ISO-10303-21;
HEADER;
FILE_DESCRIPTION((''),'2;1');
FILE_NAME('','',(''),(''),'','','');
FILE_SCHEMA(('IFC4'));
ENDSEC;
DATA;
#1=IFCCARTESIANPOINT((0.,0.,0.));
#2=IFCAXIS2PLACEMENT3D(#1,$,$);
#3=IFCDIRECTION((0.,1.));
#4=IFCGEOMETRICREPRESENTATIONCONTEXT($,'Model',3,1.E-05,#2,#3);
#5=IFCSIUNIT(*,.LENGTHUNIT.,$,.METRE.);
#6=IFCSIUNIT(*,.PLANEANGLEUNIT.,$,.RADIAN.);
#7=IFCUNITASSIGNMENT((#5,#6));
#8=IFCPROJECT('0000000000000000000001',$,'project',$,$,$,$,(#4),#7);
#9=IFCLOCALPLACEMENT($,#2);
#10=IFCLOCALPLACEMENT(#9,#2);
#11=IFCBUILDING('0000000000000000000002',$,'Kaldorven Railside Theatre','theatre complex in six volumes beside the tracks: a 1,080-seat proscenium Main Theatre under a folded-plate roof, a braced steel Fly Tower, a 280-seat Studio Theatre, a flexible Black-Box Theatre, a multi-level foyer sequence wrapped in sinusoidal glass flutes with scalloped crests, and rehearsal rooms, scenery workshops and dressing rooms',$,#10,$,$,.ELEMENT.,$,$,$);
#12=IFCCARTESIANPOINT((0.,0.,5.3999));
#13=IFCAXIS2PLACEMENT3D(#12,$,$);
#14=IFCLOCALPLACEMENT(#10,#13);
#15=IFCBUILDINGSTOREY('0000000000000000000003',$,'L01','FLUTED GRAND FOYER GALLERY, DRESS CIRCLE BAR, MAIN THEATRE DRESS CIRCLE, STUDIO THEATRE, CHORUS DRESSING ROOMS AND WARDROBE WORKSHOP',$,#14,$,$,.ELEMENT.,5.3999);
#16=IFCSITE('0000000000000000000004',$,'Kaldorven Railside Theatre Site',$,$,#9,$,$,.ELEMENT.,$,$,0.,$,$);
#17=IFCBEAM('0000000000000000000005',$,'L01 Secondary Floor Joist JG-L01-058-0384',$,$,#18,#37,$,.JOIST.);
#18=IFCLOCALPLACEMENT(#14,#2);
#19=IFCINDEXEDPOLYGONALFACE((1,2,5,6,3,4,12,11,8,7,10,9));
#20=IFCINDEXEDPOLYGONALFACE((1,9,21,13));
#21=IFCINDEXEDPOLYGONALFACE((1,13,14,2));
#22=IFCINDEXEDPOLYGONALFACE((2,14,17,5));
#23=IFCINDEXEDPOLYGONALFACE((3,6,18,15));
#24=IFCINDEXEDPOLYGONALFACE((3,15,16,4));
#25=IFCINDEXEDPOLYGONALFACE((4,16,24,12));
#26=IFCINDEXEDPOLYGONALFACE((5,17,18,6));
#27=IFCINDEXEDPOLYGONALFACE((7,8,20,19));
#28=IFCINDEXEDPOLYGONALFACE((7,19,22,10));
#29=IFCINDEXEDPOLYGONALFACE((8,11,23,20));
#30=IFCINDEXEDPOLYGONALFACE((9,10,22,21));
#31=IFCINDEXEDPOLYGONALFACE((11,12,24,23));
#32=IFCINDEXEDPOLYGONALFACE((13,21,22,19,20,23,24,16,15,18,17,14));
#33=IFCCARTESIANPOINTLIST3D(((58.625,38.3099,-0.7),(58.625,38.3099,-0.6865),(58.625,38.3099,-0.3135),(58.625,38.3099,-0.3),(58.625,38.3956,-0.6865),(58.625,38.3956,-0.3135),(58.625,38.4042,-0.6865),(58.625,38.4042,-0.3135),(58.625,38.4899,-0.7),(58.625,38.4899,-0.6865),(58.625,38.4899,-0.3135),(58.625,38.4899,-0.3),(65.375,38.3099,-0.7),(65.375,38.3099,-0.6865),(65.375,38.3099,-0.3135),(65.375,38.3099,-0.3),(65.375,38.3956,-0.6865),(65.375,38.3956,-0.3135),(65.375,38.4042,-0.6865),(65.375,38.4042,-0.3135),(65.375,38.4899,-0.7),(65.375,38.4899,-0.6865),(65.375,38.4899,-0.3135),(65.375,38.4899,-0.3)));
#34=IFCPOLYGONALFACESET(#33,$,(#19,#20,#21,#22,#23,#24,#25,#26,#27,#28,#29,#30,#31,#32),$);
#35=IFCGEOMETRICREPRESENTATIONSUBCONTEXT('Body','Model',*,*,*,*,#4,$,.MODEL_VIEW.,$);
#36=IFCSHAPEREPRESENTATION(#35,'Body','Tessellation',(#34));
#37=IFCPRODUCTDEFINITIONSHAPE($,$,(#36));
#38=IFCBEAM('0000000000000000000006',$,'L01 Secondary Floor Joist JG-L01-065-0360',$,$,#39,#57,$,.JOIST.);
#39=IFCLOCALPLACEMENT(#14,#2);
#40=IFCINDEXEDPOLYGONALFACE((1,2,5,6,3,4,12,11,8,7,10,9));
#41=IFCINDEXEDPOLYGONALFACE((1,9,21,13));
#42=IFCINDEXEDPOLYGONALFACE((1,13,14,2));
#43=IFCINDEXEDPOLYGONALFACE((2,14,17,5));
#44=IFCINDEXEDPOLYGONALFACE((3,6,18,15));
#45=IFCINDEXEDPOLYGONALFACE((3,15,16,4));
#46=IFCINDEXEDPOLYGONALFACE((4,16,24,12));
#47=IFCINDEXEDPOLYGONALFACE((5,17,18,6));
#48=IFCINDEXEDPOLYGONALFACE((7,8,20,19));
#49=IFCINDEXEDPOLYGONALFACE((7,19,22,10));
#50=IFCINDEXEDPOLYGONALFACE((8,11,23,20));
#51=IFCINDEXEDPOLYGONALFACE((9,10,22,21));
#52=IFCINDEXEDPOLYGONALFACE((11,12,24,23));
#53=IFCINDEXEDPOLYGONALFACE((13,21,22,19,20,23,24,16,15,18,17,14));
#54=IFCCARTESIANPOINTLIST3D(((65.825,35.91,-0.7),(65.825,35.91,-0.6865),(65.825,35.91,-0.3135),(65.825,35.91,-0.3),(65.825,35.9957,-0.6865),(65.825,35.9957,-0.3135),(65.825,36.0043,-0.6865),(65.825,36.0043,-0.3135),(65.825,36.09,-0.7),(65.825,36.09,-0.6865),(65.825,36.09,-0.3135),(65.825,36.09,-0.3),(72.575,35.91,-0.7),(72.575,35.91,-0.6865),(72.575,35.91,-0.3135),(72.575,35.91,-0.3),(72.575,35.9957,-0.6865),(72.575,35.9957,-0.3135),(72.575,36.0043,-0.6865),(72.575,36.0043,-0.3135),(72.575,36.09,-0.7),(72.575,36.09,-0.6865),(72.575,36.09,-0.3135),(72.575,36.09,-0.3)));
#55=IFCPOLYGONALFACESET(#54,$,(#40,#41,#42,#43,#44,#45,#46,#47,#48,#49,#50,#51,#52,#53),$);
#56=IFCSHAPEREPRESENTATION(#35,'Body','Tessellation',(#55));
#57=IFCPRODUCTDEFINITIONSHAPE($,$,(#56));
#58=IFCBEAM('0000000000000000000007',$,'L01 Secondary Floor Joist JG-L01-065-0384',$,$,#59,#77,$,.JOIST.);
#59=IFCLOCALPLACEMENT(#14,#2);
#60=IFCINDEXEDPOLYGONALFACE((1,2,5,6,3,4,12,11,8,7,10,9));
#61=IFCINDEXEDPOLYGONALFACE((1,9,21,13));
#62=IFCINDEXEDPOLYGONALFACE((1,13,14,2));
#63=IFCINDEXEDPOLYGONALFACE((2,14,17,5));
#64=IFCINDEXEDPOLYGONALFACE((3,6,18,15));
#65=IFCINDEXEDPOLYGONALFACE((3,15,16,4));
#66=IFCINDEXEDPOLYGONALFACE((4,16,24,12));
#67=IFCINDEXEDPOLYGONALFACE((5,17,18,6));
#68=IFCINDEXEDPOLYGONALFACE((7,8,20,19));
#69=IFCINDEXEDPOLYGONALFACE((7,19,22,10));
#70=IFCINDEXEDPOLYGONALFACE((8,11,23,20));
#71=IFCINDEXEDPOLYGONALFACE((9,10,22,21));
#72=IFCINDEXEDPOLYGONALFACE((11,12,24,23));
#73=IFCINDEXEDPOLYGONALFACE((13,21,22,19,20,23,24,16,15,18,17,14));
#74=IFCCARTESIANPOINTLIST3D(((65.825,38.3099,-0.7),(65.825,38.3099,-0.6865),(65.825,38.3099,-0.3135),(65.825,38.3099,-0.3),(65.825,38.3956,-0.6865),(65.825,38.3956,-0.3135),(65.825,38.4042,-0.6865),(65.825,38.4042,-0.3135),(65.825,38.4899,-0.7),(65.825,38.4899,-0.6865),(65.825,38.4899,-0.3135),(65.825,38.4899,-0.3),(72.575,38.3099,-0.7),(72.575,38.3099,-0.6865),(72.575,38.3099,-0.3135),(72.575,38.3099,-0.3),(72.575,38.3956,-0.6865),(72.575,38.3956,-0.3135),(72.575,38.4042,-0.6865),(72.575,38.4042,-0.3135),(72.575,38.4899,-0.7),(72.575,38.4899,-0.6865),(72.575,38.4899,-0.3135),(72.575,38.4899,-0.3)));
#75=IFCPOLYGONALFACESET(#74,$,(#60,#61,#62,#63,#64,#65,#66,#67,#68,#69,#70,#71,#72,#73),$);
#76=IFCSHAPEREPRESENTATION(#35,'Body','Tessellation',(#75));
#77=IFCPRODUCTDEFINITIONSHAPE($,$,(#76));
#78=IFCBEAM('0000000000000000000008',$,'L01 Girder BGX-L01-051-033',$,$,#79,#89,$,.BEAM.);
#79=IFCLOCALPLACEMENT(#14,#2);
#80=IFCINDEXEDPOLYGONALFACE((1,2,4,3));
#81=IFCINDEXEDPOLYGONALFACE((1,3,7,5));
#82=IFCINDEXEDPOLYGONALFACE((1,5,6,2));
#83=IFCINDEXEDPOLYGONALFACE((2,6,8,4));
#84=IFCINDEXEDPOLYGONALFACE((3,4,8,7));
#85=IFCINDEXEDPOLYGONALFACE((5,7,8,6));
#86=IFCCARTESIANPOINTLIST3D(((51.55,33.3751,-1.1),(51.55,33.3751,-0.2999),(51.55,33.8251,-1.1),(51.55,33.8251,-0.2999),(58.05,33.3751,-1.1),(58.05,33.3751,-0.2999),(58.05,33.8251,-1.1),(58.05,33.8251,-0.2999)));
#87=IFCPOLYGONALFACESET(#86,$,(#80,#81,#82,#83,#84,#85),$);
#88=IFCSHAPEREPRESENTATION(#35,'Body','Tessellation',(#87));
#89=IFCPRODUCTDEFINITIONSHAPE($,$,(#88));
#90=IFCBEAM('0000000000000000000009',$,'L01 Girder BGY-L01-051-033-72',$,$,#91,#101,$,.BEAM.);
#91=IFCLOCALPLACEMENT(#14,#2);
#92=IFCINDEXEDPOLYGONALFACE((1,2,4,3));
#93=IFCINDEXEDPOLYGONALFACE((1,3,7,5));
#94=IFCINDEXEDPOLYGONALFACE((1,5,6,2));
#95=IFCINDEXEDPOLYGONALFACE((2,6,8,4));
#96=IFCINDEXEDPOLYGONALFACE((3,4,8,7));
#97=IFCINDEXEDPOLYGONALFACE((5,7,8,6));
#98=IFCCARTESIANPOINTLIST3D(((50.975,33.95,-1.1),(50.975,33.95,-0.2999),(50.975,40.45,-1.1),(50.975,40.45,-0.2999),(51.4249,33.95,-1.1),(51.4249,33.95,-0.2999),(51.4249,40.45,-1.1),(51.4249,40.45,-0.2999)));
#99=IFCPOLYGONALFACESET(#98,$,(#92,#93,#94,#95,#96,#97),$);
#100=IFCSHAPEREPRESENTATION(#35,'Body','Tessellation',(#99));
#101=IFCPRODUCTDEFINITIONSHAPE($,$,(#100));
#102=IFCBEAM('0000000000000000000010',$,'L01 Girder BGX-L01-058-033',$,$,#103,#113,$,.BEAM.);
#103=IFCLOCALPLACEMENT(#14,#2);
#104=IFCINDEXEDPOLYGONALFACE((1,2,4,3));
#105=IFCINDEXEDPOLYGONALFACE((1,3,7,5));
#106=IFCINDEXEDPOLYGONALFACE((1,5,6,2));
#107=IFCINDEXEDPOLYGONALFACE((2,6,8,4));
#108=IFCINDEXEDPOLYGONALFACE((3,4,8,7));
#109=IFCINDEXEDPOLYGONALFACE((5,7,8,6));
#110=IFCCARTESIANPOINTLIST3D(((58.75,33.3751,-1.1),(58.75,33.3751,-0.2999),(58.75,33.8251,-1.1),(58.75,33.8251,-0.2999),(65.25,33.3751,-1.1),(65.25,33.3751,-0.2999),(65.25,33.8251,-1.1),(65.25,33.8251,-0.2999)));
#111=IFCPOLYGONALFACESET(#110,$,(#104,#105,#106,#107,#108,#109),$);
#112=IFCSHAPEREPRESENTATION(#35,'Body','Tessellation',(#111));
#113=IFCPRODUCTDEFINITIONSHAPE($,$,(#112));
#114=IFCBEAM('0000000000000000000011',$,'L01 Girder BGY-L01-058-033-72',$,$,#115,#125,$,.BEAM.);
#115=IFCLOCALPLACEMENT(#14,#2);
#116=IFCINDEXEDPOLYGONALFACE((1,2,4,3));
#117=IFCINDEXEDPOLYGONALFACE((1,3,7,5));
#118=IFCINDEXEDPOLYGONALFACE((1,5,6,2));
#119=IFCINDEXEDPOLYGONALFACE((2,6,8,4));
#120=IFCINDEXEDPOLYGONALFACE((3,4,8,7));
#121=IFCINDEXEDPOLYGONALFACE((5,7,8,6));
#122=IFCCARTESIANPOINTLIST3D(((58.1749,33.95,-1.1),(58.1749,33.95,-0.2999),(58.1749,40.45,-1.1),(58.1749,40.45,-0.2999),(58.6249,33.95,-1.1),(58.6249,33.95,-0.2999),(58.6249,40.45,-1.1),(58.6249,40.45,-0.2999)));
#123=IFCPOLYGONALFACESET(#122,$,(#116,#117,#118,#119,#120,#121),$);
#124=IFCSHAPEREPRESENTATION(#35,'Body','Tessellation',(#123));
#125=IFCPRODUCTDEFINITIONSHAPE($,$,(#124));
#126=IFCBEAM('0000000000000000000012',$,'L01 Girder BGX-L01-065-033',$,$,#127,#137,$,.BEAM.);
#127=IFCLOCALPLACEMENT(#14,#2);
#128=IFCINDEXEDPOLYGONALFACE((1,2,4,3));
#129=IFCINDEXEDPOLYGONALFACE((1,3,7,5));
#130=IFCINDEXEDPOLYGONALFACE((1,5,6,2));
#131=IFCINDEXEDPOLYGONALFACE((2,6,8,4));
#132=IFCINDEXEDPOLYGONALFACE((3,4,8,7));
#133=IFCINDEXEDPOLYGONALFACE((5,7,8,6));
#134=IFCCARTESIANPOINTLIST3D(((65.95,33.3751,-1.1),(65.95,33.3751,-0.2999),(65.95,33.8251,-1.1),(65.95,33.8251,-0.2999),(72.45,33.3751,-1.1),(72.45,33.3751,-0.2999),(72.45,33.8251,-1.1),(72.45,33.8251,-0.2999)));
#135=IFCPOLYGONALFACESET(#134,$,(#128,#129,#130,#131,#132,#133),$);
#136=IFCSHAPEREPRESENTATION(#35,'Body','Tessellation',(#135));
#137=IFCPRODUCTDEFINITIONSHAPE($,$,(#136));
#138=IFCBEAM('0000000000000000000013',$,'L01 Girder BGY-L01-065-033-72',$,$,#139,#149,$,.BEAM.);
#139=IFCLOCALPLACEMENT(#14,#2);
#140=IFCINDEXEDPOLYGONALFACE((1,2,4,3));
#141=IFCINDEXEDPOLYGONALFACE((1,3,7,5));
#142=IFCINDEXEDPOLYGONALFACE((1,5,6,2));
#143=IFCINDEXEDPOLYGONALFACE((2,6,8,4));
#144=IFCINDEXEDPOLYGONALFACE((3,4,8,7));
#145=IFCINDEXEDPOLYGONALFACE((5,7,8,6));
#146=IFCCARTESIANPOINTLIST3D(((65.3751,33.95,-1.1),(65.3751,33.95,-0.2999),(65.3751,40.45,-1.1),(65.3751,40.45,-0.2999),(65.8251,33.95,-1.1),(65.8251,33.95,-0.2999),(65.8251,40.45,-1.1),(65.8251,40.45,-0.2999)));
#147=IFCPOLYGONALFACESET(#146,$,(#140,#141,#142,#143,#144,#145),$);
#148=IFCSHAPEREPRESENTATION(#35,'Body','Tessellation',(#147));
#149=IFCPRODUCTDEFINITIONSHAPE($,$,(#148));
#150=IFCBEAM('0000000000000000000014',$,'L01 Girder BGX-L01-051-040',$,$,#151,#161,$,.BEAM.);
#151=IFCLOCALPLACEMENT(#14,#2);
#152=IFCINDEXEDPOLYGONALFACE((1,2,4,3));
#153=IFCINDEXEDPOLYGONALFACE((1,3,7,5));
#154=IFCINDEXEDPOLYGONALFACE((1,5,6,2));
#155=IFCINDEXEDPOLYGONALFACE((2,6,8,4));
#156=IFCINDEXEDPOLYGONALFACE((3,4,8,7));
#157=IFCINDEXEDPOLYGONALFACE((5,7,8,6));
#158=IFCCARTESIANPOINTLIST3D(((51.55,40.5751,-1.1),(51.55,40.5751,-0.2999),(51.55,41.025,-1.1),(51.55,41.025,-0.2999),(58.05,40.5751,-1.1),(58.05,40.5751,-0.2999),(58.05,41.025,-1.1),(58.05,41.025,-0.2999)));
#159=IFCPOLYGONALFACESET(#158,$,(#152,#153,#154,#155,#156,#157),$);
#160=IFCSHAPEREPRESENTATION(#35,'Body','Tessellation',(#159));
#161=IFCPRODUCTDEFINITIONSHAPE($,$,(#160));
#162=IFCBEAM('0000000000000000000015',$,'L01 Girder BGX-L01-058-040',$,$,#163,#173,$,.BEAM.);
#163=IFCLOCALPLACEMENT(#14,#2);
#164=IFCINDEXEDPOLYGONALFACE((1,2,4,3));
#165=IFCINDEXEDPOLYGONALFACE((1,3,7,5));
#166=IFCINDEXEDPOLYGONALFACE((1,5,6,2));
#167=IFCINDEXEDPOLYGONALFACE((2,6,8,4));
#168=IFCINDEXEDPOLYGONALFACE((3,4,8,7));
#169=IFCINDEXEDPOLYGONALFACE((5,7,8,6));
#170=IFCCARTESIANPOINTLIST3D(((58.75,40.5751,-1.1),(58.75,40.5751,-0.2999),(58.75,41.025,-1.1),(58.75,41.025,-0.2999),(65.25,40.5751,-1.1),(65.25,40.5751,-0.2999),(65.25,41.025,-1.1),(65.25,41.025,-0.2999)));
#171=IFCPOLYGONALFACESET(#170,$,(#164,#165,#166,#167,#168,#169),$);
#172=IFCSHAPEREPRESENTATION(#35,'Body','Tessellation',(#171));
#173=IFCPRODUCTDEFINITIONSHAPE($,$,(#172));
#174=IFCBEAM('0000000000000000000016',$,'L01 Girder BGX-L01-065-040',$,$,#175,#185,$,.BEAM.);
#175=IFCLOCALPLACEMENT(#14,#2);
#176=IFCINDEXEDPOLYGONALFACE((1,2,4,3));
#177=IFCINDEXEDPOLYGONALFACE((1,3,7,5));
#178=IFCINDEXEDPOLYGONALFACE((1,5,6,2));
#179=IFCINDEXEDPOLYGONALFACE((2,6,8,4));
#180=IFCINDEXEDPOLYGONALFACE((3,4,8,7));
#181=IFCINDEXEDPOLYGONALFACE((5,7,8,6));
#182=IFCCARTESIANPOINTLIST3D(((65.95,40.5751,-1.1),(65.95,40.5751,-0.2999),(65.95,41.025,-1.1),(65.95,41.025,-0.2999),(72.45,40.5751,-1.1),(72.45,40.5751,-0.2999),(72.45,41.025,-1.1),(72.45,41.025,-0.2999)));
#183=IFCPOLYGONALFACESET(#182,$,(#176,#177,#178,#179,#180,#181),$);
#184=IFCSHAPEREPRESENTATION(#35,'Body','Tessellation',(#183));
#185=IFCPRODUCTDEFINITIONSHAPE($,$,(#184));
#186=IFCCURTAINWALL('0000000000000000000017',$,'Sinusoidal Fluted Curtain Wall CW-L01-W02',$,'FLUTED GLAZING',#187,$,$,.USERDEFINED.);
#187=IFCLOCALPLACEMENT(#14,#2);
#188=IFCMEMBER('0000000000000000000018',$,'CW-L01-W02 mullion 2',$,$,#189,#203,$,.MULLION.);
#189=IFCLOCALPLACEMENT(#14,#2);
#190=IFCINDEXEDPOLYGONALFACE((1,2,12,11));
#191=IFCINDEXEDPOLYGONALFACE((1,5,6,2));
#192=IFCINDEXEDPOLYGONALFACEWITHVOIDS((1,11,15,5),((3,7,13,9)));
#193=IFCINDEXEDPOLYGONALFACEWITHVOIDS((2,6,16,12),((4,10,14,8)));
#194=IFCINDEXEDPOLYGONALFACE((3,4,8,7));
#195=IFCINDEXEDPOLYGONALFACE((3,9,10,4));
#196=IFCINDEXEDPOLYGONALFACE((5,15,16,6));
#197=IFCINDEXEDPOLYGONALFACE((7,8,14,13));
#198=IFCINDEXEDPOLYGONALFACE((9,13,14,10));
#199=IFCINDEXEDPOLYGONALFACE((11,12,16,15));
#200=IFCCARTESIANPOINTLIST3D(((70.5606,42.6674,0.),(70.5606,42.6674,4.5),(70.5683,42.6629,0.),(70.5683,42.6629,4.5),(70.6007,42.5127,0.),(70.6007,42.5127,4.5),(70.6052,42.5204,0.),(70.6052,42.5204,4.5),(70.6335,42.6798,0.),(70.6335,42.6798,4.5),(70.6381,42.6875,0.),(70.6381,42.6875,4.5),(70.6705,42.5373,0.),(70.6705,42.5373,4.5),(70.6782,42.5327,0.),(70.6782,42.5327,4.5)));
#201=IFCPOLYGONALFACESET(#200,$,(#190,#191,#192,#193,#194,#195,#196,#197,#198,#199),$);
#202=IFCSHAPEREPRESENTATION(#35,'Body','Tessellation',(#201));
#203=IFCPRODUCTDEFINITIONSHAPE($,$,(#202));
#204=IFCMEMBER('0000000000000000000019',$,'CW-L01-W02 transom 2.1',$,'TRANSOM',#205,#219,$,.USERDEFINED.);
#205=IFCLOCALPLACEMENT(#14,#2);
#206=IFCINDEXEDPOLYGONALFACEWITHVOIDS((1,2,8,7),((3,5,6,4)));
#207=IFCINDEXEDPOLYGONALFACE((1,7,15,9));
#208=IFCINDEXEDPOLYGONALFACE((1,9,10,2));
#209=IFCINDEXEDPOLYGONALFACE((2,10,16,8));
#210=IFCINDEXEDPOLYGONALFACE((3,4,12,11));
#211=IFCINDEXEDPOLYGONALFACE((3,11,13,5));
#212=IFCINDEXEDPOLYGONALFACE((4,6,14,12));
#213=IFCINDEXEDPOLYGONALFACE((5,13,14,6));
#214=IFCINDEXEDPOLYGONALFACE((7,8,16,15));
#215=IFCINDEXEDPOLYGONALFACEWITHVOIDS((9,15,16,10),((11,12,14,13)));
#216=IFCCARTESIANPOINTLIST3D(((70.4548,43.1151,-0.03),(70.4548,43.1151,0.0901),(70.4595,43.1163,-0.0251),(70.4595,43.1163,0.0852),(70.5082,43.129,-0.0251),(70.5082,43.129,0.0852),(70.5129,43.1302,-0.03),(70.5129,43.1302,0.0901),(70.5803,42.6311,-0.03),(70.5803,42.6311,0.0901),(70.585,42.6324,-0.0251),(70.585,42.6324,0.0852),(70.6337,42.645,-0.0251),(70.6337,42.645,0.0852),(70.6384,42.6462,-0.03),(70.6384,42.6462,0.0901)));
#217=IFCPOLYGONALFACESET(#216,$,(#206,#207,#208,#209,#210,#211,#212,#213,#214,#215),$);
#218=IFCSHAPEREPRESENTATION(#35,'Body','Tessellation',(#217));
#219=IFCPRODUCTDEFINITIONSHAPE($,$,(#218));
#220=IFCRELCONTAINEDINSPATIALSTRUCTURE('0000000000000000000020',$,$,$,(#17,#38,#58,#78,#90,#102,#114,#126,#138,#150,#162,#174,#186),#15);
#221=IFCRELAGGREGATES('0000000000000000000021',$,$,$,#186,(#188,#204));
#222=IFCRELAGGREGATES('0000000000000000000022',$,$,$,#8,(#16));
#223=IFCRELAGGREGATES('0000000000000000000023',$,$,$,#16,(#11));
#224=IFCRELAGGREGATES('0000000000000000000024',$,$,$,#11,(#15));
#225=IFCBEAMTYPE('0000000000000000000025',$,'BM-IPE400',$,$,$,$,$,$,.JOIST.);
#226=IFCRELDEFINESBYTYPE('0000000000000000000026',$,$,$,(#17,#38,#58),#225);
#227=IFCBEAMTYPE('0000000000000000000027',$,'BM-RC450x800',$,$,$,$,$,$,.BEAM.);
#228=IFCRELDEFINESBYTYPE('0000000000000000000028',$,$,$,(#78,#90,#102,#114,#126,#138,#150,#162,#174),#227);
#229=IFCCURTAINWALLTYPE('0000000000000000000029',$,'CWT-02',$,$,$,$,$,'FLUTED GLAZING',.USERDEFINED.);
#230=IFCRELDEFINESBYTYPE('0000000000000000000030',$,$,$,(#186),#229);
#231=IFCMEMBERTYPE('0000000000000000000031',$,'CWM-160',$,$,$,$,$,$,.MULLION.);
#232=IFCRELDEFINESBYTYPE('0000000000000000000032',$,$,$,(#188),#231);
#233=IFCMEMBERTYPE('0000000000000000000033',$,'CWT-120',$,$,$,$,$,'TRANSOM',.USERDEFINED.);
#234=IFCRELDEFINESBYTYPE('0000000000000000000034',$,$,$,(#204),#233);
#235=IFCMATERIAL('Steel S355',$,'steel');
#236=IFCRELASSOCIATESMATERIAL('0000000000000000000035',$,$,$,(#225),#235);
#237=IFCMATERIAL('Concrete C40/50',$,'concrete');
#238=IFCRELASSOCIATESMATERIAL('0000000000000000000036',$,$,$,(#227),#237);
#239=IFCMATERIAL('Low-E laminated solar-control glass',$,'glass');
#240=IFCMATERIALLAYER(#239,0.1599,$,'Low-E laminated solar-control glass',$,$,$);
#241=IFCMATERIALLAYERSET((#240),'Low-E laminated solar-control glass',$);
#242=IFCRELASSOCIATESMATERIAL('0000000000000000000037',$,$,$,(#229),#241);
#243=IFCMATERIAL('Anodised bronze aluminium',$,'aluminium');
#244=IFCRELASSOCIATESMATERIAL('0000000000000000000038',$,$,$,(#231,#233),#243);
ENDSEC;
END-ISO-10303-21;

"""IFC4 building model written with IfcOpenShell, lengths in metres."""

from ifc_helpers import new_model, si_unit, direction, frame, origin, origin_2d, place, context, subcontext, project, spatial, rectangle, hollow_rectangle, i_section, extrude, material, layer, layer_set, material_profile, profile_set, type_object, element, aggregate, save


model = new_model("IFC4")

# Units and contexts
model_context = context("Model", 3, precision=1e-05, world=origin(), true_north=direction((0.0, 1.0)))
body_context = subcontext(model_context, "Body", "Model", "MODEL_VIEW")
ifc_project = project(units=[si_unit("LENGTHUNIT", "METRE"), si_unit("PLANEANGLEUNIT", "RADIAN")], contexts=[model_context])

# Site, building, storey
site_placement = place(None, origin())
site = spatial("IfcSite", under=ifc_project, at=site_placement, Name="Kaldorven Railside Theatre Site", CompositionType="ELEMENT", RefElevation=0.0)
building_placement = place(site_placement, origin())
building = spatial("IfcBuilding", under=site, at=building_placement, Name="Kaldorven Railside Theatre", Description="theatre complex in six volumes beside the tracks: a 1,080-seat proscenium Main Theatre under a folded-plate roof, a braced steel Fly Tower, a 280-seat Studio Theatre, a flexible Black-Box Theatre, a multi-level foyer sequence wrapped in sinusoidal glass flutes with scalloped crests, and rehearsal rooms, scenery workshops and dressing rooms", CompositionType="ELEMENT")
storey_placement = place(building_placement, frame((0.0, 0.0, 5.3999)))
storey = spatial("IfcBuildingStorey", under=building, at=storey_placement, Name="L01", Description="FLUTED GRAND FOYER GALLERY, DRESS CIRCLE BAR, MAIN THEATRE DRESS CIRCLE, STUDIO THEATRE, CHORUS DRESSING ROOMS AND WARDROBE WORKSHOP", CompositionType="ELEMENT", Elevation=5.3999)

# Shared definitions
ifc_material_1 = material(Name="Concrete C40/50", Category="concrete")

# Beams
ifc_material_2 = material(Name="Steel S355", Category="steel")
ifc_material_profile_1 = material_profile(ifc_material_2, i_section(OverallWidth=0.1799, OverallDepth=0.3999, WebThickness=0.0085, FlangeThickness=0.0134, at=origin_2d()), Name="IPE 400")
ifc_profile_set_1 = profile_set([ifc_material_profile_1], Name="Steel S355")
beam_type_1 = type_object("IfcBeamType", Name="BM-IPE400", PredefinedType="JOIST", material=ifc_profile_set_1)
for number, where, z_axis, x_axis, name in (
    (1, (58.625, 38.3999, -0.5), (1.0, 0.0, 0.0), (0.0, 1.0, 0.0), "L01 Secondary Floor Joist JG-L01-058-0384"),
    (2, (65.825, 36.0, -0.5), (1.0, 0.0, 0.0), (0.0, 1.0, 0.0), "L01 Secondary Floor Joist JG-L01-065-0360"),
    (3, (65.825, 38.3999, -0.5), (1.0, 0.0, 0.0), (0.0, 1.0, 0.0), "L01 Secondary Floor Joist JG-L01-065-0384"),
):
    element("IfcBeam", number, at=place(storey_placement, frame(where, z_axis=z_axis, x_axis=x_axis)), inside=storey, type_object=beam_type_1, Name=name, PredefinedType="JOIST", context=body_context, shape_type="SweptSolid", body=[
        extrude(i_section(OverallWidth=0.1799, OverallDepth=0.3999, WebThickness=0.0085, FlangeThickness=0.0134, at=origin_2d()), origin(), (0.0, 0.0, 1.0), 6.75),
    ])
ifc_material_profile_2 = material_profile(ifc_material_1, rectangle(XDim=0.45, YDim=0.8, at=origin_2d()), Name="RC 450x800")
ifc_profile_set_2 = profile_set([ifc_material_profile_2], Name="Concrete C40/50")
beam_type_2 = type_object("IfcBeamType", Name="BM-RC450x800", PredefinedType="BEAM", material=ifc_profile_set_2)
for number, where, z_axis, x_axis, name in (
    (4, (51.55, 33.6001, -0.7), (1.0, 0.0, 0.0), (0.0, 1.0, 0.0), "L01 Girder BGX-L01-051-033"),
    (5, (51.2, 33.95, -0.7), (0.0, 1.0, 0.0), (-1.0, 0.0, 0.0), "L01 Girder BGY-L01-051-033-72"),
    (6, (58.75, 33.6001, -0.7), (1.0, 0.0, 0.0), (0.0, 1.0, 0.0), "L01 Girder BGX-L01-058-033"),
    (7, (58.3999, 33.95, -0.7), (0.0, 1.0, 0.0), (-1.0, 0.0, 0.0), "L01 Girder BGY-L01-058-033-72"),
    (8, (65.95, 33.6001, -0.7), (1.0, 0.0, 0.0), (0.0, 1.0, 0.0), "L01 Girder BGX-L01-065-033"),
    (9, (65.6001, 33.95, -0.7), (0.0, 1.0, 0.0), (-1.0, 0.0, 0.0), "L01 Girder BGY-L01-065-033-72"),
    (10, (51.55, 40.8, -0.7), (1.0, 0.0, 0.0), (0.0, 1.0, 0.0), "L01 Girder BGX-L01-051-040"),
    (11, (58.75, 40.8, -0.7), (1.0, 0.0, 0.0), (0.0, 1.0, 0.0), "L01 Girder BGX-L01-058-040"),
    (12, (65.95, 40.8, -0.7), (1.0, 0.0, 0.0), (0.0, 1.0, 0.0), "L01 Girder BGX-L01-065-040"),
):
    element("IfcBeam", number, at=place(storey_placement, frame(where, z_axis=z_axis, x_axis=x_axis)), inside=storey, type_object=beam_type_2, Name=name, PredefinedType="BEAM", context=body_context, shape_type="SweptSolid", body=[
        extrude(rectangle(XDim=0.45, YDim=0.8, at=origin_2d()), origin(), (0.0, 0.0, 1.0), 6.5),
    ])

# Curtain wall, members
ifc_material_3 = material(Name="Low-E laminated solar-control glass", Category="glass")
ifc_layer = layer(ifc_material_3, 0.1599, Name="Low-E laminated solar-control glass")
ifc_layer_set = layer_set([ifc_layer], Name="Low-E laminated solar-control glass")
curtain_wall_type = type_object("IfcCurtainWallType", Name="CWT-02", ElementType="FLUTED GLAZING", PredefinedType="USERDEFINED", material=ifc_layer_set)
curtain_wall_placement = place(storey_placement, origin())
curtain_wall = element("IfcCurtainWall", 13, at=curtain_wall_placement, inside=storey, type_object=curtain_wall_type, Name="Sinusoidal Fluted Curtain Wall CW-L01-W02", ObjectType="FLUTED GLAZING", PredefinedType="USERDEFINED")
ifc_material_4 = material(Name="Anodised bronze aluminium", Category="aluminium")
ifc_material_profile_3 = material_profile(ifc_material_4, hollow_rectangle(XDim=0.0801, YDim=0.1599, WallThickness=0.0063, at=origin_2d()), Name="RHS 160x80x6.3")
ifc_profile_set_3 = profile_set([ifc_material_profile_3], Name="Anodised bronze aluminium")
member_type_1 = type_object("IfcMemberType", Name="CWM-160", PredefinedType="MULLION", material=ifc_profile_set_3)
member_1_placement = place(storey_placement, frame((70.6194, 42.6001, 0.0), z_axis=(0.0, 0.0, 1.0), x_axis=(-0.967999, -0.250954, 0.0)))
member_1 = element("IfcMember", 14, at=member_1_placement, type_object=member_type_1, Name="CW-L01-W02 mullion 2", PredefinedType="MULLION", context=body_context, shape_type="SweptSolid", body=[
    extrude(hollow_rectangle(XDim=0.0801, YDim=0.1599, WallThickness=0.0063, at=origin_2d()), origin(), (0.0, 0.0, 1.0), 4.5),
])
ifc_material_profile_4 = material_profile(ifc_material_4, hollow_rectangle(XDim=0.0601, YDim=0.1201, WallThickness=0.0049, at=origin_2d()), Name="RHS 120x60x5")
ifc_profile_set_4 = profile_set([ifc_material_profile_4], Name="Anodised bronze aluminium")
member_type_2 = type_object("IfcMemberType", Name="CWT-120", ElementType="TRANSOM", PredefinedType="USERDEFINED", material=ifc_profile_set_4)
member_2_placement = place(storey_placement, frame((70.6094, 42.6387, 0.03), z_axis=(-0.25103, 0.967979, 0.0), x_axis=(-0.967979, -0.25103, 0.0)))
member_2 = element("IfcMember", 15, at=member_2_placement, type_object=member_type_2, Name="CW-L01-W02 transom 2.1", ObjectType="TRANSOM", PredefinedType="USERDEFINED", context=body_context, shape_type="SweptSolid", body=[
    extrude(hollow_rectangle(XDim=0.0601, YDim=0.1201, WallThickness=0.0049, at=origin_2d()), origin(), (0.0, 0.0, 1.0), 0.5),
])
aggregate(curtain_wall, [member_1, member_2])

save(model, "model.ifc")
